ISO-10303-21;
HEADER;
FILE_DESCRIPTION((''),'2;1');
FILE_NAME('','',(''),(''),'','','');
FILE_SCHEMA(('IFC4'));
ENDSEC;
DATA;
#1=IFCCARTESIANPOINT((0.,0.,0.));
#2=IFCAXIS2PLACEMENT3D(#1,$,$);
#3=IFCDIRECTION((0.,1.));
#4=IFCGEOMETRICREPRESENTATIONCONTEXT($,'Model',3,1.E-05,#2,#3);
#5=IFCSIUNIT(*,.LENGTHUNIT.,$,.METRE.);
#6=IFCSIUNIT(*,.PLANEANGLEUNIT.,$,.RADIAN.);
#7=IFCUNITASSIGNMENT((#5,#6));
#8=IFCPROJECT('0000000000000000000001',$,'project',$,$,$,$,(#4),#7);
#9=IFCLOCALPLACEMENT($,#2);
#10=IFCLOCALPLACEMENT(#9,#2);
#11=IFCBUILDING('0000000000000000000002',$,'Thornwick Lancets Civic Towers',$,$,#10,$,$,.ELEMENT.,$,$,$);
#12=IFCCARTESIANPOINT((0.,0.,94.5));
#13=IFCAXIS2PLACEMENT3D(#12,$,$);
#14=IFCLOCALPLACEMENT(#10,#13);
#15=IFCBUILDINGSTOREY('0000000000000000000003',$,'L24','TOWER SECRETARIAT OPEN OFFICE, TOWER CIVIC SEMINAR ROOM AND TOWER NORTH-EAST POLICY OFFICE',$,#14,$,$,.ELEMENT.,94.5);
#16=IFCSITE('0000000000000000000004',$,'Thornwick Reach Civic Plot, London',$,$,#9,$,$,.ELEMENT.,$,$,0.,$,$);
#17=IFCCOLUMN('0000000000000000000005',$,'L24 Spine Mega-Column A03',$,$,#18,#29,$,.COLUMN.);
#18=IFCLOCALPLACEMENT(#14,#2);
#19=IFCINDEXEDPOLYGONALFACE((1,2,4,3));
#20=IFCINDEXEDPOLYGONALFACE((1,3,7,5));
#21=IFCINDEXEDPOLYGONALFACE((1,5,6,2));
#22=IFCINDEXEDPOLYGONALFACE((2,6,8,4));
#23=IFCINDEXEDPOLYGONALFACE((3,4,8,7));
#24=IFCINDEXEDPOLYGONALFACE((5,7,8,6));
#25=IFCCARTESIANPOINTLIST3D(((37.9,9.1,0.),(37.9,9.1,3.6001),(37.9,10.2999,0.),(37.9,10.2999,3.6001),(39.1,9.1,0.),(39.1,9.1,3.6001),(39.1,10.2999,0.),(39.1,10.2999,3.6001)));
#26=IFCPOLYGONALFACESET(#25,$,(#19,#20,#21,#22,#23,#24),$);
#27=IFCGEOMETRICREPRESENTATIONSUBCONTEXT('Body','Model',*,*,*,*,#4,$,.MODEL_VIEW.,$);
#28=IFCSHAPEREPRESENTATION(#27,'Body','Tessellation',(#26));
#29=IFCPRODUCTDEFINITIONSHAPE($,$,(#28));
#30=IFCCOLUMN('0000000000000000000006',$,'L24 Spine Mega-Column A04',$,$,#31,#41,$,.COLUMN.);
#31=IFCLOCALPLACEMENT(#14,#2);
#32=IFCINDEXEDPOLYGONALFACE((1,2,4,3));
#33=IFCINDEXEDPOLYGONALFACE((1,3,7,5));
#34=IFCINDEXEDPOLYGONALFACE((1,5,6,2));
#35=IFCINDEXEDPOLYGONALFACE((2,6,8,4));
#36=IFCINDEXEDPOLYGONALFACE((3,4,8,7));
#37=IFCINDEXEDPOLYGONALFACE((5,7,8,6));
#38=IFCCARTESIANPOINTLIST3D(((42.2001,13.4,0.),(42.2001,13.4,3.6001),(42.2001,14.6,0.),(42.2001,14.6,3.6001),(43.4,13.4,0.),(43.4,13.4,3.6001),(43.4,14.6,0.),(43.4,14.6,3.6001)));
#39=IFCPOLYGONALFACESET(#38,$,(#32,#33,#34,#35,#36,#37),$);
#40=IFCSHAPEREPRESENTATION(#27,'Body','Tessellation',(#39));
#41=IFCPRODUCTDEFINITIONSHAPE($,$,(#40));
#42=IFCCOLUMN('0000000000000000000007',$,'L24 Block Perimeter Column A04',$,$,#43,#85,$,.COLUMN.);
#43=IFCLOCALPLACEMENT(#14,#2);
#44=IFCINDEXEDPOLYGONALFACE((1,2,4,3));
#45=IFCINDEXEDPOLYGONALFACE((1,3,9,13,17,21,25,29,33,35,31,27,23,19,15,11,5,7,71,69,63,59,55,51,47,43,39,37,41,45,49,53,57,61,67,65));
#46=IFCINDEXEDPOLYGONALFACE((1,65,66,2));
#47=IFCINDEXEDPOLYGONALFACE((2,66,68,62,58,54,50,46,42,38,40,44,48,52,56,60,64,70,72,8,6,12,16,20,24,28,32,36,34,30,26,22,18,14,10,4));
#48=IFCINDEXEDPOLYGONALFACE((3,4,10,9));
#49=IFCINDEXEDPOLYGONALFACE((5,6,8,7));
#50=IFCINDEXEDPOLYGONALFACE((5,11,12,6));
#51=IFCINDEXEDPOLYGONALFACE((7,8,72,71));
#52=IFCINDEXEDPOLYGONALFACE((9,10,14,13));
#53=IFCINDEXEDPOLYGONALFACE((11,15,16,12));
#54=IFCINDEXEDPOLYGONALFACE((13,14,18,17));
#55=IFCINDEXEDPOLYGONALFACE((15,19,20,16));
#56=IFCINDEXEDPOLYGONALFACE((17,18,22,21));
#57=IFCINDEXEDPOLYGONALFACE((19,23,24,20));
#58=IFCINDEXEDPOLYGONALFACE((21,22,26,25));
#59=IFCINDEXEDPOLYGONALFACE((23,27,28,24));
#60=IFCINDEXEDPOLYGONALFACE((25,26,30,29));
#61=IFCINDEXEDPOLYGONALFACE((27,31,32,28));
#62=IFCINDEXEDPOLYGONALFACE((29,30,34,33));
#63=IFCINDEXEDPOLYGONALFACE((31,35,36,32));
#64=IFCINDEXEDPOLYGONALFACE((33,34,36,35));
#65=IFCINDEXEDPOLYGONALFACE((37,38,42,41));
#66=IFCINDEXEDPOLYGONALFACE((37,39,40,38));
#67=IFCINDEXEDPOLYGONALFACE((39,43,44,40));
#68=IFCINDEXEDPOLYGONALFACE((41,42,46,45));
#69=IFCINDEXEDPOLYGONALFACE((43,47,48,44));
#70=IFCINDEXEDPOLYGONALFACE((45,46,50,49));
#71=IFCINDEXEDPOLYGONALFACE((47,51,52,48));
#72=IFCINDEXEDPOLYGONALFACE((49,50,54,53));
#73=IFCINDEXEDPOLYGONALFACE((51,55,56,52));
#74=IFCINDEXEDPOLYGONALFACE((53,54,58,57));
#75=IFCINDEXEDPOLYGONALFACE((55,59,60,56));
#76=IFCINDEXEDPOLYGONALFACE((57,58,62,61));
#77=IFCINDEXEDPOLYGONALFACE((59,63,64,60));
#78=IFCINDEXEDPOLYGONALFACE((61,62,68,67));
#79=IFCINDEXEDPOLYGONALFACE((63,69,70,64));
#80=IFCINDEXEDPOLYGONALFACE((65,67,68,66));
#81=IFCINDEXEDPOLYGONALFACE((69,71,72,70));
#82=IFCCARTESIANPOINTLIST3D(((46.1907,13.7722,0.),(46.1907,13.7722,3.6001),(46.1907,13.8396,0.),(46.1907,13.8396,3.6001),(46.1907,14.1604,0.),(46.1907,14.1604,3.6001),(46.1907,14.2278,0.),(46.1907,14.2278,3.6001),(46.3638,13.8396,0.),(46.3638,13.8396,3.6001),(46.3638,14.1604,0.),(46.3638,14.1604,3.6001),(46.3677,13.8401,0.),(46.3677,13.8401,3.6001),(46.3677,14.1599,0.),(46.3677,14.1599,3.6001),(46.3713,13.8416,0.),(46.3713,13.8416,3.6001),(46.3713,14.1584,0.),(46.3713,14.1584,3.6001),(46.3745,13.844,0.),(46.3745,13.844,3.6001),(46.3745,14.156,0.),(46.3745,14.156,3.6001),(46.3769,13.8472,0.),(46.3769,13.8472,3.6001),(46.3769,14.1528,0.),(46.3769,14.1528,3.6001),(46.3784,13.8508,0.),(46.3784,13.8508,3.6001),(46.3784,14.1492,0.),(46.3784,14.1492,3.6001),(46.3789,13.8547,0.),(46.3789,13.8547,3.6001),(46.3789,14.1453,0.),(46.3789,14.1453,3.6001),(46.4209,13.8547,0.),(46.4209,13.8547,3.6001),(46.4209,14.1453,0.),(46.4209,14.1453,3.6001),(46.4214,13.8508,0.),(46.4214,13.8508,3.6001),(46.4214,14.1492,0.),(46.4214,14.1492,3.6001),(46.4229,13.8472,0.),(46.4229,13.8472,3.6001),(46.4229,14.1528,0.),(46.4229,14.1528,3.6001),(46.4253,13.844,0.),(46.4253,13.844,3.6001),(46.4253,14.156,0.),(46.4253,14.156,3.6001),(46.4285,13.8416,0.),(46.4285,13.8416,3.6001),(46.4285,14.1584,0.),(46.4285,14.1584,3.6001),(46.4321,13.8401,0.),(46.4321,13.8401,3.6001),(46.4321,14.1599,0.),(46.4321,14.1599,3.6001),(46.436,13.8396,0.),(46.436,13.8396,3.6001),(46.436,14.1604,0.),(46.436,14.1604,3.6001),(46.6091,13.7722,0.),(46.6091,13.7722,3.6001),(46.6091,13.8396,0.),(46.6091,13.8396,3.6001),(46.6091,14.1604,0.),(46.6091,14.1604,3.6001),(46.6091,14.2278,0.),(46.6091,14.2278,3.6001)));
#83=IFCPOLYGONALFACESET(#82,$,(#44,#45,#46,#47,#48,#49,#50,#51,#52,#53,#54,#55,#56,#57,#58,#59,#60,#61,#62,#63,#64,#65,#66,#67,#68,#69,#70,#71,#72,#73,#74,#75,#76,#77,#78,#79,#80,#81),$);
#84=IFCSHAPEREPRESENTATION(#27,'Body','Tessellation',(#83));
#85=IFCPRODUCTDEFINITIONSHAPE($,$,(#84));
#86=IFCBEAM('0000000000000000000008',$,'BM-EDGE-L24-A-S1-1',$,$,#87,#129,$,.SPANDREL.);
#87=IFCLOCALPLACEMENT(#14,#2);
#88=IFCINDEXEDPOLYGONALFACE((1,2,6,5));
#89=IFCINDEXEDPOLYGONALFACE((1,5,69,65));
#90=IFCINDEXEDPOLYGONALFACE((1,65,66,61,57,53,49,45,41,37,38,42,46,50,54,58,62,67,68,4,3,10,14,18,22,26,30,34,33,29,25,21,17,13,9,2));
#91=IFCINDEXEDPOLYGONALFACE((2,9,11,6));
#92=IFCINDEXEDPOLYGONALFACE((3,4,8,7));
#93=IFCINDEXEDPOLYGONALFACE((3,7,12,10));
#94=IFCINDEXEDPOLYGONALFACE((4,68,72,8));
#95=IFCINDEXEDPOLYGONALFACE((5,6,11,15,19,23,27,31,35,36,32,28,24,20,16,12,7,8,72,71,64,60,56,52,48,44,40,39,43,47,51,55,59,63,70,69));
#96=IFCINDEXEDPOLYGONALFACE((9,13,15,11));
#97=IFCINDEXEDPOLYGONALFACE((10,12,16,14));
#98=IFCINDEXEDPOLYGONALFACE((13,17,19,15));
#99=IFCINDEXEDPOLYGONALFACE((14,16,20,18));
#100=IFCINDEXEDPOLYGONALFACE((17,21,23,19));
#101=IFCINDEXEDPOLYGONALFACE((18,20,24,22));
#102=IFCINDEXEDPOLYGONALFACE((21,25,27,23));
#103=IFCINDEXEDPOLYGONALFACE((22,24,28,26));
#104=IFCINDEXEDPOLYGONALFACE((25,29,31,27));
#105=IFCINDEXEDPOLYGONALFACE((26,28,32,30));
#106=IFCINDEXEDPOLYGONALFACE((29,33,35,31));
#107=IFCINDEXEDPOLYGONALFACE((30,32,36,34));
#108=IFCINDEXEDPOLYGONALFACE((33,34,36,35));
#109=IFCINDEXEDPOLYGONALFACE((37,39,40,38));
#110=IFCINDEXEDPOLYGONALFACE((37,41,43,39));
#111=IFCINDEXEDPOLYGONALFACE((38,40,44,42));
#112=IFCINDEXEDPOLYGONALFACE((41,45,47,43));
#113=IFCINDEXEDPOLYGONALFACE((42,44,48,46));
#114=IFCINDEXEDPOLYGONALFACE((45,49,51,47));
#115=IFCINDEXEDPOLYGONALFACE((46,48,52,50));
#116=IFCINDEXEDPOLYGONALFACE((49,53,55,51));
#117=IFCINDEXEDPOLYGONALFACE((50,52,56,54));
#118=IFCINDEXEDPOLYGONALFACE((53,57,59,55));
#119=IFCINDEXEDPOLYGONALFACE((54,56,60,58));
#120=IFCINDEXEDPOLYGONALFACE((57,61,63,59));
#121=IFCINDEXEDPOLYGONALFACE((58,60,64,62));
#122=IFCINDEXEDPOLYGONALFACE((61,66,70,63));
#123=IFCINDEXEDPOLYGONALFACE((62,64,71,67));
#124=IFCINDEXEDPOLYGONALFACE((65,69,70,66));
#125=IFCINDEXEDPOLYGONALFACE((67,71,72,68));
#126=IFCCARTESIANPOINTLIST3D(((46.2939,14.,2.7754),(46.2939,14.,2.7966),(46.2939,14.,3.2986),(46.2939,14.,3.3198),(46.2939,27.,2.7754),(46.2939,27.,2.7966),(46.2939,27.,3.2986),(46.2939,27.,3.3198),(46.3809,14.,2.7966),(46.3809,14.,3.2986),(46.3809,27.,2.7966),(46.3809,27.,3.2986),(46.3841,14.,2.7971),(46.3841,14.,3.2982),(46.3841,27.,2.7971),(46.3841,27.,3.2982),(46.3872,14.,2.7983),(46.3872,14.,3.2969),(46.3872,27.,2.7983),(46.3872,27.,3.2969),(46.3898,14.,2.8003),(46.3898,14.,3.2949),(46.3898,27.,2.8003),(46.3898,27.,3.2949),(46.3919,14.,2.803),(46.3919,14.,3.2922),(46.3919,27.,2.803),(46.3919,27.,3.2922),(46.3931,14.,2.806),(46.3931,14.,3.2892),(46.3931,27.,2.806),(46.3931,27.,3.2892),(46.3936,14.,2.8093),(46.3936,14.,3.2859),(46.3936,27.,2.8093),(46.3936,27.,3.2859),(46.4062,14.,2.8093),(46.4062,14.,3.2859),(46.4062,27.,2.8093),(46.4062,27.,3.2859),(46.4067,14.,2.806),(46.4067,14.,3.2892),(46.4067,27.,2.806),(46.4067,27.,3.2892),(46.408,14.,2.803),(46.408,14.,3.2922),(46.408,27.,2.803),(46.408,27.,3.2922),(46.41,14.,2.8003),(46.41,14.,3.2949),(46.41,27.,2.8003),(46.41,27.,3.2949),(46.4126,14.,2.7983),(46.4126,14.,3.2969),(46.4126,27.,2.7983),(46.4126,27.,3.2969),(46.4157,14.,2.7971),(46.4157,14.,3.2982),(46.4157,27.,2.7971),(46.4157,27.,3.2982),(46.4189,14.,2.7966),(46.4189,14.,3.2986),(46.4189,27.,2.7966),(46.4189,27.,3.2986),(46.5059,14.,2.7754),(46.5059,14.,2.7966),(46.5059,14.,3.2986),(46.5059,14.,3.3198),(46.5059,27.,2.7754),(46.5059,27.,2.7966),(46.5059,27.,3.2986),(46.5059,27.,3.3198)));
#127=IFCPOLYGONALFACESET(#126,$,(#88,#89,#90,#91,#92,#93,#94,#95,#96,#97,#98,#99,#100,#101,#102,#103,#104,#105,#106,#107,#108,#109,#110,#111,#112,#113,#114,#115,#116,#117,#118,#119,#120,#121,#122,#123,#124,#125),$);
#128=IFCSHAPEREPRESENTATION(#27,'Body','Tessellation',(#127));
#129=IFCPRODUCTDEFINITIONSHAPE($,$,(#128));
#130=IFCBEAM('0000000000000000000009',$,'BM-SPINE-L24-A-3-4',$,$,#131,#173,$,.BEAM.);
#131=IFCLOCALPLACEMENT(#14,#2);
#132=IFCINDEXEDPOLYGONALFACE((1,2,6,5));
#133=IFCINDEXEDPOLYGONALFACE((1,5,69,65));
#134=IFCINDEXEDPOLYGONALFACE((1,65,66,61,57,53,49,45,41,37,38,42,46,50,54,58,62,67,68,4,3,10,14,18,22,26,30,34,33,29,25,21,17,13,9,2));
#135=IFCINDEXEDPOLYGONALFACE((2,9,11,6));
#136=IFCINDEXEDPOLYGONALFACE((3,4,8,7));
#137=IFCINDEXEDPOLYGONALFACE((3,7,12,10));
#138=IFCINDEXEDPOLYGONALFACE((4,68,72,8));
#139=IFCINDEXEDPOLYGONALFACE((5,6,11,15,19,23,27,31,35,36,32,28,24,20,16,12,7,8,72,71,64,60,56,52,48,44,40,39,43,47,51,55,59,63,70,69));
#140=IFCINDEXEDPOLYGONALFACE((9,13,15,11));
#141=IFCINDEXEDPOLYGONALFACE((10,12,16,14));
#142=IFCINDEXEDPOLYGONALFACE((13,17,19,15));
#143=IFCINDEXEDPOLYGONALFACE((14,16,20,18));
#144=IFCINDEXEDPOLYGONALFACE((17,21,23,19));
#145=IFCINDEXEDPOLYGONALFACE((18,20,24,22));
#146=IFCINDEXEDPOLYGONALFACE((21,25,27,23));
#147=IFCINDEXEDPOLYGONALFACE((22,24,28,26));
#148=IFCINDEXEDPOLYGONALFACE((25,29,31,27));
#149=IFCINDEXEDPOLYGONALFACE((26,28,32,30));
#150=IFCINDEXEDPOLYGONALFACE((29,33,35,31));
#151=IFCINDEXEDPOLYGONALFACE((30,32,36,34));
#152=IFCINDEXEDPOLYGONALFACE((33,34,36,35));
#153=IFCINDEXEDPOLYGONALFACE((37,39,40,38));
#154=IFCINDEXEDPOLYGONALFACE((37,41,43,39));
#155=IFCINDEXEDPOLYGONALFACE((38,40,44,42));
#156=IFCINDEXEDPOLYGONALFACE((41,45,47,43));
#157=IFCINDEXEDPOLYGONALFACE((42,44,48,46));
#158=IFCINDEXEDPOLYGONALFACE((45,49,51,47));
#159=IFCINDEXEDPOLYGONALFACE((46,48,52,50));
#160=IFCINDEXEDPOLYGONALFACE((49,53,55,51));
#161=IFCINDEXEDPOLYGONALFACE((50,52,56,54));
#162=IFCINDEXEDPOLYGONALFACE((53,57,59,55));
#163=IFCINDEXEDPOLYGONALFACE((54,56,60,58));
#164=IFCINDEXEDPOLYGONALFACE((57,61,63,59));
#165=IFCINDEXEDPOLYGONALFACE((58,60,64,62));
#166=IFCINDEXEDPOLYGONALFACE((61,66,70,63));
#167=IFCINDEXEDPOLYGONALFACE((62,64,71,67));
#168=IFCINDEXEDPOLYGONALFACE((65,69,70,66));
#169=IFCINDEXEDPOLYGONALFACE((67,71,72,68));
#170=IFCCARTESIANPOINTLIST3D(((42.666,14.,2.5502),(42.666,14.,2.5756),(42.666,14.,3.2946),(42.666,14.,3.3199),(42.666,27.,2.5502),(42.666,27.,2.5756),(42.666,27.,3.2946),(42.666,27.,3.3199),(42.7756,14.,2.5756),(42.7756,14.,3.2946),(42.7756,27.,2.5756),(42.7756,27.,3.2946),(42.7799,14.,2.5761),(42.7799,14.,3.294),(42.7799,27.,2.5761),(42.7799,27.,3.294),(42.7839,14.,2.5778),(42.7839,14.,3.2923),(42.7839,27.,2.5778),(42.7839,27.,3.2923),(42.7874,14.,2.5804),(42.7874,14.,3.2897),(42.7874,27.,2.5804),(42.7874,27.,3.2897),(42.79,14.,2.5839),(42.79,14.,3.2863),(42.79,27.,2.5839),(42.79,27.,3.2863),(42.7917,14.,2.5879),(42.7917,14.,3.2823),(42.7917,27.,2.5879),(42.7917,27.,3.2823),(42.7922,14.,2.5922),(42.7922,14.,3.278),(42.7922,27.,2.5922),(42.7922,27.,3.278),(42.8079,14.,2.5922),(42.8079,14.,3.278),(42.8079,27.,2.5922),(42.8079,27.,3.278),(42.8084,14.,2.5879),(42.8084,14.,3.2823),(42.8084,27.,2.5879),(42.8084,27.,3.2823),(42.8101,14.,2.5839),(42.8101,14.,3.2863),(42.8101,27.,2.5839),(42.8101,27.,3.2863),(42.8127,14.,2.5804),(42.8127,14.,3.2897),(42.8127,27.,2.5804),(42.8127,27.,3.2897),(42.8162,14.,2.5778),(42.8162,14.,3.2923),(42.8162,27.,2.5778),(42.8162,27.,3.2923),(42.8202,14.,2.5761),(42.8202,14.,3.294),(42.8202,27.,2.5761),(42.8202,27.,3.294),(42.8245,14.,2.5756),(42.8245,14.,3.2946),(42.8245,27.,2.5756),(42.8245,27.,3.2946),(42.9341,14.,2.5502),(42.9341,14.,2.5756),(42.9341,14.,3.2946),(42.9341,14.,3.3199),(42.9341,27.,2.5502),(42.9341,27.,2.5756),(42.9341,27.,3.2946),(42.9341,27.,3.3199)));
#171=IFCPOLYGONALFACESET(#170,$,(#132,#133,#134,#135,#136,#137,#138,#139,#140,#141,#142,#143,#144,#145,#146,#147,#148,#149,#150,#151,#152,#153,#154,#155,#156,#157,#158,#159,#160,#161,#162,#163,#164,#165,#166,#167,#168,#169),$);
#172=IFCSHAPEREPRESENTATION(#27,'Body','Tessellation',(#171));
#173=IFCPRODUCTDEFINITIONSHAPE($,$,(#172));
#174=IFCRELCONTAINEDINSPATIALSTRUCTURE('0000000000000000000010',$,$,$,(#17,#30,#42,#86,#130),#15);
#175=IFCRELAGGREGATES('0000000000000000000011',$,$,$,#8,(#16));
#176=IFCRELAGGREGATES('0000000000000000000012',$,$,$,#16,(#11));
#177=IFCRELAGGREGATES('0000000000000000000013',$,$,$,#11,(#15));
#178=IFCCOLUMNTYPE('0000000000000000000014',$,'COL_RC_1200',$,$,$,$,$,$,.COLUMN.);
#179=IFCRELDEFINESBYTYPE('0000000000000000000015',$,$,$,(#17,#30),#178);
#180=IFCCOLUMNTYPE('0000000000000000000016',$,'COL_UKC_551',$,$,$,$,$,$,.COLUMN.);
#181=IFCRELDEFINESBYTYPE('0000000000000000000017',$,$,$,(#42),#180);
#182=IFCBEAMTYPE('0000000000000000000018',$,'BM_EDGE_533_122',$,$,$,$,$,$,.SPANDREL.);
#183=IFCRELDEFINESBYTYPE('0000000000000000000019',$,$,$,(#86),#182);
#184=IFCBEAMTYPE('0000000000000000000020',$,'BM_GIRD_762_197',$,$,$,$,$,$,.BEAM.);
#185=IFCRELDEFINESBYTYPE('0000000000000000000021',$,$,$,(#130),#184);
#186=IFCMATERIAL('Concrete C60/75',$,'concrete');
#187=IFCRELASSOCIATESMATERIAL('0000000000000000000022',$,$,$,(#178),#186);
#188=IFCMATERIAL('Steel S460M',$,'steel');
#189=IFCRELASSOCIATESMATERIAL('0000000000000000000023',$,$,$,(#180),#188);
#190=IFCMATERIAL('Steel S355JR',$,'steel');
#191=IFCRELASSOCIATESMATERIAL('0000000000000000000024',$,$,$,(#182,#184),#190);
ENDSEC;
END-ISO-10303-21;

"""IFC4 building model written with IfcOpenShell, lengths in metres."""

from ifc_helpers import new_model, si_unit, direction, frame, origin, origin_2d, place, context, subcontext, project, spatial, rectangle, i_section, extrude, material, material_profile, profile_set, type_object, element, save


model = new_model("IFC4")

# Units and contexts
model_context = context("Model", 3, precision=1e-05, world=origin(), true_north=direction((0.0, 1.0)))
body_context = subcontext(model_context, "Body", "Model", "MODEL_VIEW")
ifc_project = project(units=[si_unit("LENGTHUNIT", "METRE"), si_unit("PLANEANGLEUNIT", "RADIAN")], contexts=[model_context])

# Site, building, storey
site_placement = place(None, origin())
site = spatial("IfcSite", under=ifc_project, at=site_placement, Name="Thornwick Reach Civic Plot, London", CompositionType="ELEMENT", RefElevation=0.0)
building_placement = place(site_placement, origin())
building = spatial("IfcBuilding", under=site, at=building_placement, Name="Thornwick Lancets Civic Towers", CompositionType="ELEMENT")
storey_placement = place(building_placement, frame((0.0, 0.0, 94.5)))
storey = spatial("IfcBuildingStorey", under=building, at=storey_placement, Name="L24", Description="TOWER SECRETARIAT OPEN OFFICE, TOWER CIVIC SEMINAR ROOM AND TOWER NORTH-EAST POLICY OFFICE", CompositionType="ELEMENT", Elevation=94.5)

# Columns
ifc_material_1 = material(Name="Concrete C60/75", Category="concrete")
ifc_material_profile_1 = material_profile(ifc_material_1, rectangle(XDim=1.2, YDim=1.2, at=origin_2d()), Name="RC 1200x1200")
ifc_profile_set_1 = profile_set([ifc_material_profile_1], Name="Concrete C60/75")
column_type_1 = type_object("IfcColumnType", Name="COL_RC_1200", PredefinedType="COLUMN", material=ifc_profile_set_1)
for number, where, z_axis, x_axis, name in (
    (1, (38.5, 9.7, 0.0), (0.0, 0.0, 1.0), (1.0, 0.0, 0.0), "L24 Spine Mega-Column A03"),
    (2, (42.8, 14.0, 0.0), (0.0, 0.0, 1.0), (1.0, 0.0, 0.0), "L24 Spine Mega-Column A04"),
):
    element("IfcColumn", number, at=place(storey_placement, frame(where, z_axis=z_axis, x_axis=x_axis)), inside=storey, type_object=column_type_1, Name=name, PredefinedType="COLUMN", context=body_context, shape_type="SweptSolid", body=[
        extrude(rectangle(XDim=1.2, YDim=1.2, at=origin_2d()), origin(), (0.0, 0.0, 1.0), 3.6001),
    ])
ifc_material_2 = material(Name="Steel S460M", Category="steel")
ifc_material_profile_2 = material_profile(ifc_material_2, i_section(OverallWidth=0.4185, OverallDepth=0.4556, WebThickness=0.042, FlangeThickness=0.0674, FilletRadius=0.0151, at=origin_2d()), Name="UKC 356x406x551")
ifc_profile_set_2 = profile_set([ifc_material_profile_2], Name="Steel S460M")
column_type_2 = type_object("IfcColumnType", Name="COL_UKC_551", PredefinedType="COLUMN", material=ifc_profile_set_2)
column_placement = place(storey_placement, frame((46.3999, 14.0, 0.0), z_axis=(0.0, 0.0, 1.0), x_axis=(1.0, 0.0, 0.0)))
element("IfcColumn", 3, at=column_placement, inside=storey, type_object=column_type_2, Name="L24 Block Perimeter Column A04", PredefinedType="COLUMN", context=body_context, shape_type="SweptSolid", body=[
    extrude(i_section(OverallWidth=0.4185, OverallDepth=0.4556, WebThickness=0.042, FlangeThickness=0.0674, FilletRadius=0.0151, at=origin_2d()), origin(), (0.0, 0.0, 1.0), 3.6001),
])

# Beams
ifc_material_3 = material(Name="Steel S355JR", Category="steel")
ifc_material_profile_3 = material_profile(ifc_material_3, i_section(OverallWidth=0.2119, OverallDepth=0.5444, WebThickness=0.0127, FlangeThickness=0.0212, FilletRadius=0.0127, at=origin_2d()), Name="UKB 533x210x122")
ifc_profile_set_3 = profile_set([ifc_material_profile_3], Name="Steel S355JR")
beam_type_1 = type_object("IfcBeamType", Name="BM_EDGE_533_122", PredefinedType="SPANDREL", material=ifc_profile_set_3)
beam_1_placement = place(storey_placement, frame((46.3999, 14.0, 3.0476), z_axis=(0.0, 1.0, 0.0), x_axis=(-1.0, 0.0, 0.0)))
element("IfcBeam", 4, at=beam_1_placement, inside=storey, type_object=beam_type_1, Name="BM-EDGE-L24-A-S1-1", PredefinedType="SPANDREL", context=body_context, shape_type="SweptSolid", body=[
    extrude(i_section(OverallWidth=0.2119, OverallDepth=0.5444, WebThickness=0.0127, FlangeThickness=0.0212, FilletRadius=0.0127, at=origin_2d()), origin(), (0.0, 0.0, 1.0), 13.0),
])
ifc_material_profile_4 = material_profile(ifc_material_3, i_section(OverallWidth=0.2681, OverallDepth=0.7698, WebThickness=0.0156, FlangeThickness=0.0254, FilletRadius=0.0166, at=origin_2d()), Name="UKB 762x267x197")
ifc_profile_set_4 = profile_set([ifc_material_profile_4], Name="Steel S355JR")
beam_type_2 = type_object("IfcBeamType", Name="BM_GIRD_762_197", PredefinedType="BEAM", material=ifc_profile_set_4)
beam_2_placement = place(storey_placement, frame((42.8, 14.0, 2.9351), z_axis=(0.0, 1.0, 0.0), x_axis=(-1.0, 0.0, 0.0)))
element("IfcBeam", 5, at=beam_2_placement, inside=storey, type_object=beam_type_2, Name="BM-SPINE-L24-A-3-4", PredefinedType="BEAM", context=body_context, shape_type="SweptSolid", body=[
    extrude(i_section(OverallWidth=0.2681, OverallDepth=0.7698, WebThickness=0.0156, FlangeThickness=0.0254, FilletRadius=0.0166, at=origin_2d()), origin(), (0.0, 0.0, 1.0), 13.0),
])

save(model, "model.ifc")
